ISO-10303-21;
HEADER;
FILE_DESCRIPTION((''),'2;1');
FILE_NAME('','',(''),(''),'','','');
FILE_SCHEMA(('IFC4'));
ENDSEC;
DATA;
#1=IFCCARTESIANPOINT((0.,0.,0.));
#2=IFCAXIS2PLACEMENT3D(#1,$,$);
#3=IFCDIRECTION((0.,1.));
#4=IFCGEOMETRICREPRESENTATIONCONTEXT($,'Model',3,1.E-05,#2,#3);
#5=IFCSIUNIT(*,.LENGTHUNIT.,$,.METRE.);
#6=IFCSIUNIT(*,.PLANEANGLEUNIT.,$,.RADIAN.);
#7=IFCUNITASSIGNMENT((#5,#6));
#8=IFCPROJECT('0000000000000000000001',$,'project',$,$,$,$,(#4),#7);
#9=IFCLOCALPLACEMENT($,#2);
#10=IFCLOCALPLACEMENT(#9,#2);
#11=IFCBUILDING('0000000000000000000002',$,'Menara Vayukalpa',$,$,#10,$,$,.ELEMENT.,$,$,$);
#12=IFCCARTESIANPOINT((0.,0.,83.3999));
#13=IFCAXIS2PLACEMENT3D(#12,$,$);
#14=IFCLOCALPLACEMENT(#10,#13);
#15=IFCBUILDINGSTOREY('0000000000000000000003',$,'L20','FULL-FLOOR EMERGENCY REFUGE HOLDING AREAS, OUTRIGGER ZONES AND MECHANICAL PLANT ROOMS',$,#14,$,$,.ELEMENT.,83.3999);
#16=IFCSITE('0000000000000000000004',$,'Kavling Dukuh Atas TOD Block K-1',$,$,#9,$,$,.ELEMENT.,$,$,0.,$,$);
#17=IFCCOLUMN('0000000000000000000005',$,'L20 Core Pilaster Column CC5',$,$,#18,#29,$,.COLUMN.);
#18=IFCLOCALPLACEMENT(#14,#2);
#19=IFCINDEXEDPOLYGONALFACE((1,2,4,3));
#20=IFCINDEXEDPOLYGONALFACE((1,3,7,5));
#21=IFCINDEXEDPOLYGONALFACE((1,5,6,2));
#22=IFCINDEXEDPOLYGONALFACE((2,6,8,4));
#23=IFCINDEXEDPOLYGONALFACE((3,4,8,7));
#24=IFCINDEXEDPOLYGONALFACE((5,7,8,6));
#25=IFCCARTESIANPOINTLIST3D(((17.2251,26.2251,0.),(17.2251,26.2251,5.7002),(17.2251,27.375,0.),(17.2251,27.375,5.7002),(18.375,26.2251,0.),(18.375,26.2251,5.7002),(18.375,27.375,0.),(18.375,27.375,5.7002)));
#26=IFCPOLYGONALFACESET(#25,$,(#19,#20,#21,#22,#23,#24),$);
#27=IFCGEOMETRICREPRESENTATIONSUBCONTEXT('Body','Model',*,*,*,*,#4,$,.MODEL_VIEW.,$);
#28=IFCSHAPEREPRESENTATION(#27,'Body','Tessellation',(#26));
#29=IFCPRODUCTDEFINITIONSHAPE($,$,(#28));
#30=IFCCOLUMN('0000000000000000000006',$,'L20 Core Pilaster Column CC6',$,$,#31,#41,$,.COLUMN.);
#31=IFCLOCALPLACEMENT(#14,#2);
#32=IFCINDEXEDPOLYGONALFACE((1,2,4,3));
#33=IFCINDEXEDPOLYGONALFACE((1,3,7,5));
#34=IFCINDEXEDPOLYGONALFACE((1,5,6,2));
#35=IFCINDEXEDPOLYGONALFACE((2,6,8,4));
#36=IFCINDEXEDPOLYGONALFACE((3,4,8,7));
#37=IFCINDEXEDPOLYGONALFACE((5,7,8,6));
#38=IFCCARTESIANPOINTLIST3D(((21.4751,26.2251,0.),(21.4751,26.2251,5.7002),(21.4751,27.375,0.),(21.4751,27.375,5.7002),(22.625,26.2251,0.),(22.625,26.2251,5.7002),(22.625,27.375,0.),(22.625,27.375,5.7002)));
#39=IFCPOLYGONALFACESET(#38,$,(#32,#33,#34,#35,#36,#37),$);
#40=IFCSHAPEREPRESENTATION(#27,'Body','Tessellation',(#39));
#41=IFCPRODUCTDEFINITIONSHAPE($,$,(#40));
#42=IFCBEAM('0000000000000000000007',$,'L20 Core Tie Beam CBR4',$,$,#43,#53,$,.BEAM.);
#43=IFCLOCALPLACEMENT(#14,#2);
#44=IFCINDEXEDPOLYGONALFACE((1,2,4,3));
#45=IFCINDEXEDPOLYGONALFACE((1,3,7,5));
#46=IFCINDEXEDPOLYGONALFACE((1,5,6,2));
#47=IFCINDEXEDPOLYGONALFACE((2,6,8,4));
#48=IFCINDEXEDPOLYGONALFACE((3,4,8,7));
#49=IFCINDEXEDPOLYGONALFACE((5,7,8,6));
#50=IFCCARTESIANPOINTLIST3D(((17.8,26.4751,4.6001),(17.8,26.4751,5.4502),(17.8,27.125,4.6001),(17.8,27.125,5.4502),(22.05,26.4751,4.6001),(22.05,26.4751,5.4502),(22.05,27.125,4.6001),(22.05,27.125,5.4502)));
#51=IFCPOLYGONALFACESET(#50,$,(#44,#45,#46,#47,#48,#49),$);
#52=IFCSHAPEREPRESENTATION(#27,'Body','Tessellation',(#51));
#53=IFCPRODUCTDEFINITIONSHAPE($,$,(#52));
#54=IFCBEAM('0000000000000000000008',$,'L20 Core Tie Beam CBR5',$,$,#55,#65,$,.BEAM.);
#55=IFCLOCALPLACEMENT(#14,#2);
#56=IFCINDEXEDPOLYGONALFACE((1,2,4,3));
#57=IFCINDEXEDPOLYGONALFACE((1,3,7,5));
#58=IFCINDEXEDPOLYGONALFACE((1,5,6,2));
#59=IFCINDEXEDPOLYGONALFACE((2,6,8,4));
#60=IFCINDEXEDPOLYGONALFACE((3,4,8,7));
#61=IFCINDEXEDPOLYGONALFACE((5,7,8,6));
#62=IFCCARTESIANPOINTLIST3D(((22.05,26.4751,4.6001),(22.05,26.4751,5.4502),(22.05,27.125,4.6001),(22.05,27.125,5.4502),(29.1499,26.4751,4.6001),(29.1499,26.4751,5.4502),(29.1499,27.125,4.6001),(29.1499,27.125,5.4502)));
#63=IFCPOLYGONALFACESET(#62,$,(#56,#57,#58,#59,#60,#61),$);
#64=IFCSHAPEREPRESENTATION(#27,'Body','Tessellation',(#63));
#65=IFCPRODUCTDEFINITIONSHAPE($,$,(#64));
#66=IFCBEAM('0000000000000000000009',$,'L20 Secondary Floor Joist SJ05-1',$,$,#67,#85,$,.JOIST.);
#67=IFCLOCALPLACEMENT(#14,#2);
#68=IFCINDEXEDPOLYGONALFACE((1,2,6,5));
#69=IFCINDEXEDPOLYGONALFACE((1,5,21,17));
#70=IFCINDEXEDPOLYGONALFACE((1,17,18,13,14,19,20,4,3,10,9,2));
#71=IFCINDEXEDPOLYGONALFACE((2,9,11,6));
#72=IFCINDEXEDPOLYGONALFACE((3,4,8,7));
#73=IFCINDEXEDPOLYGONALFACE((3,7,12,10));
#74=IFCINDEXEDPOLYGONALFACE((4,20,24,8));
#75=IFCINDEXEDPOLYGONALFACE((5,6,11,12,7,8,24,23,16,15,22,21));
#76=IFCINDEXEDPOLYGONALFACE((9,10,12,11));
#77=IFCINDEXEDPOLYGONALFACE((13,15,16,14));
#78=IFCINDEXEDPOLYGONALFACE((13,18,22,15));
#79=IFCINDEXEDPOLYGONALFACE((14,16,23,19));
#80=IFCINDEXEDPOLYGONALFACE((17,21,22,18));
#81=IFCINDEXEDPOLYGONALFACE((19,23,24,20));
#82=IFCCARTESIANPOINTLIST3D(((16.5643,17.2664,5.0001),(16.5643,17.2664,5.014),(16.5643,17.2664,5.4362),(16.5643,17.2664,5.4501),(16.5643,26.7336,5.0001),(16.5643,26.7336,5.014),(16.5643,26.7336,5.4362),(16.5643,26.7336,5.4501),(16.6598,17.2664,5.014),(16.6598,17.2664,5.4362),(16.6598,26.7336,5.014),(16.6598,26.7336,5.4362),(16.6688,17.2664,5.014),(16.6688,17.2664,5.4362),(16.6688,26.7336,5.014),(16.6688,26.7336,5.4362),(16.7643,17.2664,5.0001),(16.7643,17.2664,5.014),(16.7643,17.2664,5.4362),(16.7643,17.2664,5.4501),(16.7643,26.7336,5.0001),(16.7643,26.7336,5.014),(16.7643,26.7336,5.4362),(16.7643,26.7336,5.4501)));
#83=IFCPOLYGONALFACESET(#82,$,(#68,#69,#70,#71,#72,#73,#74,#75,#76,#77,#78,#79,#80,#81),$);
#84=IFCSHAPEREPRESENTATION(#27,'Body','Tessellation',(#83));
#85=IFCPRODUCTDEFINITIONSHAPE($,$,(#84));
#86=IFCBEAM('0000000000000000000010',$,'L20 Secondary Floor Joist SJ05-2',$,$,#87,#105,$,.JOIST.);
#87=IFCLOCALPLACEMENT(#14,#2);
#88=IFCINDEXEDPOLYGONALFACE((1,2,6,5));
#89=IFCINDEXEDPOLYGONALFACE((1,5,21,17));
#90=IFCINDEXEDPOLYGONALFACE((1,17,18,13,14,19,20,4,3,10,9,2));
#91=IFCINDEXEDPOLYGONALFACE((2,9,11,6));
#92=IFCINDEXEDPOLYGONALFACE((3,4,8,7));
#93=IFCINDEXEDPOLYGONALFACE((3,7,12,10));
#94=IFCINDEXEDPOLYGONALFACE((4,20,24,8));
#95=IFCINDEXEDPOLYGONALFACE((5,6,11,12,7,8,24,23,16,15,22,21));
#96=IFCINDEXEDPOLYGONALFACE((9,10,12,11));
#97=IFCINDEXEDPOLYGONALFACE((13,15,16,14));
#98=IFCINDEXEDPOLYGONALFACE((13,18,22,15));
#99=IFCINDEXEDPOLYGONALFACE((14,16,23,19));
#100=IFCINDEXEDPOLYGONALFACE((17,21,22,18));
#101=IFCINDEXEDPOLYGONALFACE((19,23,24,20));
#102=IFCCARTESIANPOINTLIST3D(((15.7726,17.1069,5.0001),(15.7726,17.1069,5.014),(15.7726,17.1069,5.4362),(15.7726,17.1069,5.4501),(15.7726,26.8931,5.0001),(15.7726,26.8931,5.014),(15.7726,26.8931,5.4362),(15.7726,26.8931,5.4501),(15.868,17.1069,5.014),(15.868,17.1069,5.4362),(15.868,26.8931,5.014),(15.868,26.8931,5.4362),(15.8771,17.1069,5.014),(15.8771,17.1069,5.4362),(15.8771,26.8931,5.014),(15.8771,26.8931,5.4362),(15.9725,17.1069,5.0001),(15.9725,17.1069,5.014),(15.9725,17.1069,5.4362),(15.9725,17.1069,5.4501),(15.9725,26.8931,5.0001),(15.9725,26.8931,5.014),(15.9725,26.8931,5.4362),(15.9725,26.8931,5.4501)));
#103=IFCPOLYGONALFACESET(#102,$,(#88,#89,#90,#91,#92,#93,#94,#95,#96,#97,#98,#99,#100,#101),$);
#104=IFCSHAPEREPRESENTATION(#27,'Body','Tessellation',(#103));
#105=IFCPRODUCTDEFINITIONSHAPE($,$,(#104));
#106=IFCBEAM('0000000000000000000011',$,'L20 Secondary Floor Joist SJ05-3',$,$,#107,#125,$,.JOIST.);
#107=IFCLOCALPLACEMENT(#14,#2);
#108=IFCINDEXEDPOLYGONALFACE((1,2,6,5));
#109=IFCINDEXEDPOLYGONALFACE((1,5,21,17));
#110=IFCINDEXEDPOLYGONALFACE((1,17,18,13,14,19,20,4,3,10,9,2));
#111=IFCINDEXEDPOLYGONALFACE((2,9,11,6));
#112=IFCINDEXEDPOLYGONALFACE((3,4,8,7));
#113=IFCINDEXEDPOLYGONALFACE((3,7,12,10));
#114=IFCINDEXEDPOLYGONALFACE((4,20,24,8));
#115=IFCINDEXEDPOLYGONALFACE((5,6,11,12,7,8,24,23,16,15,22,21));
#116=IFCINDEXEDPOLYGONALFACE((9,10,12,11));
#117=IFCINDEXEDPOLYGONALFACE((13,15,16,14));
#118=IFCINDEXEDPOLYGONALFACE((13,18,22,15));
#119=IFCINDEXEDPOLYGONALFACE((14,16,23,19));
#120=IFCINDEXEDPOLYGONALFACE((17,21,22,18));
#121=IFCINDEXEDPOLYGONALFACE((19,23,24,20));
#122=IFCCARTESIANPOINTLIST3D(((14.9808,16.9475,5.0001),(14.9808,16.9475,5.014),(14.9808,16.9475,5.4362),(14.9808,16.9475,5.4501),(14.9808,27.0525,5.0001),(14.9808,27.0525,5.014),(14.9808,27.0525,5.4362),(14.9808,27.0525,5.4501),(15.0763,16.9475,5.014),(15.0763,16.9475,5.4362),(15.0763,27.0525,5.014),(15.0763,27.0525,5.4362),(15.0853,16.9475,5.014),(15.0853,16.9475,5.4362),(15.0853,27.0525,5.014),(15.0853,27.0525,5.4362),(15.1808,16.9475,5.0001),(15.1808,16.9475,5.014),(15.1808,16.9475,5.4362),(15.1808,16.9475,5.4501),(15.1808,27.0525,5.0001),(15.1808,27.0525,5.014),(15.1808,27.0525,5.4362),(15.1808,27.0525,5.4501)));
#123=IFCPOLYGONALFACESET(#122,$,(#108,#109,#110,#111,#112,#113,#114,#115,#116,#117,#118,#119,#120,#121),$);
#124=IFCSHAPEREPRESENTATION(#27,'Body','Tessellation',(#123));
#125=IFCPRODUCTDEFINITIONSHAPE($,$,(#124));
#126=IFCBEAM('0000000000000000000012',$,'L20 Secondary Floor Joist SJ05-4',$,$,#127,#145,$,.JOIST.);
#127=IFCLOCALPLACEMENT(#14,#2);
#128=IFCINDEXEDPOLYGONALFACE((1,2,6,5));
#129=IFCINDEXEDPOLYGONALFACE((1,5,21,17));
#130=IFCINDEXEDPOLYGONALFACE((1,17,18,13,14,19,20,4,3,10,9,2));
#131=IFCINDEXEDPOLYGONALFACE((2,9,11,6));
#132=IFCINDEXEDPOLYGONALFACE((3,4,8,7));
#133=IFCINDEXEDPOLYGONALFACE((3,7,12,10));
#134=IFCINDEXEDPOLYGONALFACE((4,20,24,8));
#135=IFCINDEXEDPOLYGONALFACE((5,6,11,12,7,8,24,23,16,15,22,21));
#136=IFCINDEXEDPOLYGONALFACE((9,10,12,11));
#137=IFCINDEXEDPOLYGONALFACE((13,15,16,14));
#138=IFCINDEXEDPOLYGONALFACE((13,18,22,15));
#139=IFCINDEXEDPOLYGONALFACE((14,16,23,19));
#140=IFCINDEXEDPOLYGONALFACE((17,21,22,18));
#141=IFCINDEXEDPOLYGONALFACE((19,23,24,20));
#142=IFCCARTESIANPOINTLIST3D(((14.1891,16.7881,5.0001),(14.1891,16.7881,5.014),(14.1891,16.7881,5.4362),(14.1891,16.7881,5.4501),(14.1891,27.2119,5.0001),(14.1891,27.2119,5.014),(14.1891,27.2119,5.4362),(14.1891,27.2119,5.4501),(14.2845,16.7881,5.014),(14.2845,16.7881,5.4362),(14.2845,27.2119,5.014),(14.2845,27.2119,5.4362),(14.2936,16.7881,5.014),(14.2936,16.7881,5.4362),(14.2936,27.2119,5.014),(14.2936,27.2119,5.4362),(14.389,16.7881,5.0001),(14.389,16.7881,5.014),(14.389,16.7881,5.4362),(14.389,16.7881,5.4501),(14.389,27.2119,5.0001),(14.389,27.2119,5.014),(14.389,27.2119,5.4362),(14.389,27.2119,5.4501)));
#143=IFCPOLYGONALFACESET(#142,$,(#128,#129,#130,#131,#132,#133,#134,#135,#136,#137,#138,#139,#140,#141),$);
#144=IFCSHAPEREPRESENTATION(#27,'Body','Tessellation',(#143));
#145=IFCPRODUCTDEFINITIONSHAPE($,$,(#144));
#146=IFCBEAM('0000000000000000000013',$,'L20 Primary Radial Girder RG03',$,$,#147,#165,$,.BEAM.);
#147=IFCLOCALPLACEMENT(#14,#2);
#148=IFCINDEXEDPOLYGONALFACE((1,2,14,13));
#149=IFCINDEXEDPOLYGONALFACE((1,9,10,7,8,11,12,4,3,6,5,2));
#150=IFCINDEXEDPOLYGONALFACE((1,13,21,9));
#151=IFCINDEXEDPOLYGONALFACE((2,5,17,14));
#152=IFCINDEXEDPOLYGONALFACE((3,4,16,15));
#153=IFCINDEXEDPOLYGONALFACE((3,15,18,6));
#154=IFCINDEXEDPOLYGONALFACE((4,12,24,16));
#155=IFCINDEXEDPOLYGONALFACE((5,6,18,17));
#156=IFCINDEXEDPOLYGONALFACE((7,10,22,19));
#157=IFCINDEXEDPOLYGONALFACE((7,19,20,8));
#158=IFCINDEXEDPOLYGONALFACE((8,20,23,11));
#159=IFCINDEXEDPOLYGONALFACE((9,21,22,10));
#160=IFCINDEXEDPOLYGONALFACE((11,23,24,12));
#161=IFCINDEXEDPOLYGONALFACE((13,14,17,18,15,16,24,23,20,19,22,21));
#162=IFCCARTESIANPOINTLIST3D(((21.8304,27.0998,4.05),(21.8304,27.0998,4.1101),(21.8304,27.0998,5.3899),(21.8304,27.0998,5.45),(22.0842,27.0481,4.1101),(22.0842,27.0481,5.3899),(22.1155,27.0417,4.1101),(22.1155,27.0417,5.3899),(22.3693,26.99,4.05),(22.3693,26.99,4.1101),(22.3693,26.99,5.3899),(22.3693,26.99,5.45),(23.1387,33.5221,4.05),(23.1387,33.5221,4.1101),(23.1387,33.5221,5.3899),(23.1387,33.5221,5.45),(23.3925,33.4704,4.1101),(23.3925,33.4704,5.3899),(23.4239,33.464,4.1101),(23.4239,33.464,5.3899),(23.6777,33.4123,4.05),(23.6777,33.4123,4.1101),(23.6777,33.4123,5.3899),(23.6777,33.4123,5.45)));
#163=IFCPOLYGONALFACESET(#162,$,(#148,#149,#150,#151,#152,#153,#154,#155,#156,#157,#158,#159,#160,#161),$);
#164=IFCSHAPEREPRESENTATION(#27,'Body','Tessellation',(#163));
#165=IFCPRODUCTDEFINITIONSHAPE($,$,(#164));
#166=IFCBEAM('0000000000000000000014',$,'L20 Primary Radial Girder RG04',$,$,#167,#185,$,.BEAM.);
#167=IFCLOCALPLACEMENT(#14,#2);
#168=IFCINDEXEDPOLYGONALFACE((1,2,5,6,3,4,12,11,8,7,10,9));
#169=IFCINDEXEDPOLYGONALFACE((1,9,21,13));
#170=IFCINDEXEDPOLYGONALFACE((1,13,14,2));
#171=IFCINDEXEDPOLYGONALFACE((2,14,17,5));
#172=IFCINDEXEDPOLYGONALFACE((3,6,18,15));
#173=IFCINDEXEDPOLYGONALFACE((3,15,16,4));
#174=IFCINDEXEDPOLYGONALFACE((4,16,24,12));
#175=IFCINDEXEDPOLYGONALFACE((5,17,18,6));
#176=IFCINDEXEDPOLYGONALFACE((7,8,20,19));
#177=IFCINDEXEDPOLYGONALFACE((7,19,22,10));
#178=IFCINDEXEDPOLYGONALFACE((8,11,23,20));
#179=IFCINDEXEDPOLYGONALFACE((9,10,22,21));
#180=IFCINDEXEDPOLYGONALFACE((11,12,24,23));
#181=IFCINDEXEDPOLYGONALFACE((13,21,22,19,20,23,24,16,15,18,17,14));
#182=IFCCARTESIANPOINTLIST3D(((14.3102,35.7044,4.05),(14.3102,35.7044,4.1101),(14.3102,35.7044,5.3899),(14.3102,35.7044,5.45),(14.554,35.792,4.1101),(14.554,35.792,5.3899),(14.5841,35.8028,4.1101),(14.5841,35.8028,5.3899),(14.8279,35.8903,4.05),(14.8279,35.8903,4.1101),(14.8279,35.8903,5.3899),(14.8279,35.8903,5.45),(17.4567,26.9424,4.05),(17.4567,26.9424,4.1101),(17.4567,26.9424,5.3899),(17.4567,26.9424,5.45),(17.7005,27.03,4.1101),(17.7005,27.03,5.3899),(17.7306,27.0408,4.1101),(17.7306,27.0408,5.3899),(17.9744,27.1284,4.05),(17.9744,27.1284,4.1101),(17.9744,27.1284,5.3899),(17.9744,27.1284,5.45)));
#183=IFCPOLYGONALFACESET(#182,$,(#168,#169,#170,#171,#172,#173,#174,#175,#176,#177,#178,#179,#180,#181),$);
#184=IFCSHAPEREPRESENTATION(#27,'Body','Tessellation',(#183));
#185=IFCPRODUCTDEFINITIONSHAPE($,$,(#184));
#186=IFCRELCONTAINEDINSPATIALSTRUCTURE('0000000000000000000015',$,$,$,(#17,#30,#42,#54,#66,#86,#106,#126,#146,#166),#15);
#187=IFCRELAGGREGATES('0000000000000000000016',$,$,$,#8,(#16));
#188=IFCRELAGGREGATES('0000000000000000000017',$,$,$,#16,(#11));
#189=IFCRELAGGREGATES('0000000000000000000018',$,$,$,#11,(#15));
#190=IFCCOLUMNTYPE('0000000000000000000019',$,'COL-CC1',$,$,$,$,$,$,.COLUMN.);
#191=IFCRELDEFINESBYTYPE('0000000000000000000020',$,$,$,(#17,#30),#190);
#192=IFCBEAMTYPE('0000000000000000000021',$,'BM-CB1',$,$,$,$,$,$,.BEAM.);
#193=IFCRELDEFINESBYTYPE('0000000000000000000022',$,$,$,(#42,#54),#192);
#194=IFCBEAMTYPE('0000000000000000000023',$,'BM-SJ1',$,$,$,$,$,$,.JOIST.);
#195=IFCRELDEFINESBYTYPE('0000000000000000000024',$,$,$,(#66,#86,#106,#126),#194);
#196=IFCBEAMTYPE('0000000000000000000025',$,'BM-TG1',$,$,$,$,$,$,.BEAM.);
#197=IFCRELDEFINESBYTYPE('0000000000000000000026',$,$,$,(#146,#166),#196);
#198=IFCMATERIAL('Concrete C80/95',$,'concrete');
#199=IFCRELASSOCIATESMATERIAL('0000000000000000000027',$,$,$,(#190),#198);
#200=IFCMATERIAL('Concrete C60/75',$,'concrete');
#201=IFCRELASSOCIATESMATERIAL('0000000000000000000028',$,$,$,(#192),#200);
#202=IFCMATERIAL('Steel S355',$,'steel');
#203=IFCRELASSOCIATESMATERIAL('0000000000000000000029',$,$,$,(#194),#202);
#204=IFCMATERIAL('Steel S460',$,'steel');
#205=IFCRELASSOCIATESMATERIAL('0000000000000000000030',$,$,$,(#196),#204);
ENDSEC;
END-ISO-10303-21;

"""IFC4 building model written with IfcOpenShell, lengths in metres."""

from ifc_helpers import new_model, si_unit, direction, frame, origin, origin_2d, place, context, subcontext, project, spatial, rectangle, i_section, extrude, material, material_profile, profile_set, type_object, element, save


model = new_model("IFC4")

# Units and contexts
model_context = context("Model", 3, precision=1e-05, world=origin(), true_north=direction((0.0, 1.0)))
body_context = subcontext(model_context, "Body", "Model", "MODEL_VIEW")
ifc_project = project(units=[si_unit("LENGTHUNIT", "METRE"), si_unit("PLANEANGLEUNIT", "RADIAN")], contexts=[model_context])

# Site, building, storey
site_placement = place(None, origin())
site = spatial("IfcSite", under=ifc_project, at=site_placement, Name="Kavling Dukuh Atas TOD Block K-1", CompositionType="ELEMENT", RefElevation=0.0)
building_placement = place(site_placement, origin())
building = spatial("IfcBuilding", under=site, at=building_placement, Name="Menara Vayukalpa", CompositionType="ELEMENT")
storey_placement = place(building_placement, frame((0.0, 0.0, 83.3999)))
storey = spatial("IfcBuildingStorey", under=building, at=storey_placement, Name="L20", Description="FULL-FLOOR EMERGENCY REFUGE HOLDING AREAS, OUTRIGGER ZONES AND MECHANICAL PLANT ROOMS", CompositionType="ELEMENT", Elevation=83.3999)

# Columns
ifc_material_1 = material(Name="Concrete C80/95", Category="concrete")
ifc_material_profile_1 = material_profile(ifc_material_1, rectangle(XDim=1.1499, YDim=1.1499, at=origin_2d()), Name="RC 1150x1150")
ifc_profile_set_1 = profile_set([ifc_material_profile_1], Name="Concrete C80/95")
column_type = type_object("IfcColumnType", Name="COL-CC1", PredefinedType="COLUMN", material=ifc_profile_set_1)
for number, where, z_axis, x_axis, name in (
    (1, (17.8, 26.8, 0.0), (0.0, 0.0, 1.0), (1.0, 0.0, 0.0), "L20 Core Pilaster Column CC5"),
    (2, (22.05, 26.8, 0.0), (0.0, 0.0, 1.0), (1.0, 0.0, 0.0), "L20 Core Pilaster Column CC6"),
):
    element("IfcColumn", number, at=place(storey_placement, frame(where, z_axis=z_axis, x_axis=x_axis)), inside=storey, type_object=column_type, Name=name, PredefinedType="COLUMN", context=body_context, shape_type="SweptSolid", body=[
        extrude(rectangle(XDim=1.1499, YDim=1.1499, at=origin_2d()), origin(), (0.0, 0.0, 1.0), 5.7002),
    ])

# Beams
ifc_material_2 = material(Name="Concrete C60/75", Category="concrete")
ifc_material_profile_2 = material_profile(ifc_material_2, rectangle(XDim=0.6499, YDim=0.8501, at=origin_2d()), Name="RC 650x850")
ifc_profile_set_2 = profile_set([ifc_material_profile_2], Name="Concrete C60/75")
beam_type_1 = type_object("IfcBeamType", Name="BM-CB1", PredefinedType="BEAM", material=ifc_profile_set_2)
beam_1_placement = place(storey_placement, frame((17.8, 26.8, 5.0251), z_axis=(1.0, 0.0, 0.0), x_axis=(0.0, 1.0, 0.0)))
element("IfcBeam", 3, at=beam_1_placement, inside=storey, type_object=beam_type_1, Name="L20 Core Tie Beam CBR4", PredefinedType="BEAM", context=body_context, shape_type="SweptSolid", body=[
    extrude(rectangle(XDim=0.6499, YDim=0.8501, at=origin_2d()), origin(), (0.0, 0.0, 1.0), 4.25),
])
beam_2_placement = place(storey_placement, frame((22.05, 26.8, 5.0251), z_axis=(1.0, 0.0, 0.0), x_axis=(0.0, 1.0, 0.0)))
element("IfcBeam", 4, at=beam_2_placement, inside=storey, type_object=beam_type_1, Name="L20 Core Tie Beam CBR5", PredefinedType="BEAM", context=body_context, shape_type="SweptSolid", body=[
    extrude(rectangle(XDim=0.6499, YDim=0.8501, at=origin_2d()), origin(), (0.0, 0.0, 1.0), 7.0999),
])
ifc_material_3 = material(Name="Steel S355", Category="steel")
ifc_material_profile_3 = material_profile(ifc_material_3, i_section(OverallWidth=0.2, OverallDepth=0.45, WebThickness=0.009, FlangeThickness=0.0139, at=origin_2d()), Name="WF 450x200x9x14")
ifc_profile_set_3 = profile_set([ifc_material_profile_3], Name="Steel S355")
beam_type_2 = type_object("IfcBeamType", Name="BM-SJ1", PredefinedType="JOIST", material=ifc_profile_set_3)
beam_3_placement = place(storey_placement, frame((16.6643, 26.7336, 5.2251), z_axis=(0.0, -1.0, 0.0), x_axis=(1.0, 0.0, 0.0)))
element("IfcBeam", 5, at=beam_3_placement, inside=storey, type_object=beam_type_2, Name="L20 Secondary Floor Joist SJ05-1", PredefinedType="JOIST", context=body_context, shape_type="SweptSolid", body=[
    extrude(i_section(OverallWidth=0.2, OverallDepth=0.45, WebThickness=0.009, FlangeThickness=0.0139, at=origin_2d()), origin(), (0.0, 0.0, 1.0), 9.4673),
])
beam_4_placement = place(storey_placement, frame((15.8726, 26.8931, 5.2251), z_axis=(0.0, -1.0, 0.0), x_axis=(1.0, 0.0, 0.0)))
element("IfcBeam", 6, at=beam_4_placement, inside=storey, type_object=beam_type_2, Name="L20 Secondary Floor Joist SJ05-2", PredefinedType="JOIST", context=body_context, shape_type="SweptSolid", body=[
    extrude(i_section(OverallWidth=0.2, OverallDepth=0.45, WebThickness=0.009, FlangeThickness=0.0139, at=origin_2d()), origin(), (0.0, 0.0, 1.0), 9.7861),
])
beam_5_placement = place(storey_placement, frame((15.0808, 27.0525, 5.2251), z_axis=(0.0, -1.0, 0.0), x_axis=(1.0, 0.0, 0.0)))
element("IfcBeam", 7, at=beam_5_placement, inside=storey, type_object=beam_type_2, Name="L20 Secondary Floor Joist SJ05-3", PredefinedType="JOIST", context=body_context, shape_type="SweptSolid", body=[
    extrude(i_section(OverallWidth=0.2, OverallDepth=0.45, WebThickness=0.009, FlangeThickness=0.0139, at=origin_2d()), origin(), (0.0, 0.0, 1.0), 10.105),
])
beam_6_placement = place(storey_placement, frame((14.2891, 27.2119, 5.2251), z_axis=(0.0, -1.0, 0.0), x_axis=(1.0, 0.0, 0.0)))
element("IfcBeam", 8, at=beam_6_placement, inside=storey, type_object=beam_type_2, Name="L20 Secondary Floor Joist SJ05-4", PredefinedType="JOIST", context=body_context, shape_type="SweptSolid", body=[
    extrude(i_section(OverallWidth=0.2, OverallDepth=0.45, WebThickness=0.009, FlangeThickness=0.0139, at=origin_2d()), origin(), (0.0, 0.0, 1.0), 10.4238),
])
ifc_material_4 = material(Name="Steel S460", Category="steel")
ifc_material_profile_4 = material_profile(ifc_material_4, i_section(OverallWidth=0.55, OverallDepth=1.3999, WebThickness=0.032, FlangeThickness=0.0601, at=origin_2d()), Name="WG 1400x550x32x60")
ifc_profile_set_4 = profile_set([ifc_material_profile_4], Name="Steel S460")
beam_type_3 = type_object("IfcBeamType", Name="BM-TG1", PredefinedType="BEAM", material=ifc_profile_set_4)
beam_7_placement = place(storey_placement, frame((22.0999, 27.0449, 4.75), z_axis=(0.199618, 0.979874, 0.0), x_axis=(-0.979874, 0.199618, 0.0)))
element("IfcBeam", 9, at=beam_7_placement, inside=storey, type_object=beam_type_3, Name="L20 Primary Radial Girder RG03", PredefinedType="BEAM", context=body_context, shape_type="SweptSolid", body=[
    extrude(i_section(OverallWidth=0.55, OverallDepth=1.3999, WebThickness=0.032, FlangeThickness=0.0601, at=origin_2d()), origin(), (0.0, 0.0, 1.0), 6.5542),
])
beam_8_placement = place(storey_placement, frame((17.7156, 27.0354, 4.75), z_axis=(-0.337976, 0.941155, 0.0), x_axis=(-0.941155, -0.337976, 0.0)))
element("IfcBeam", 10, at=beam_8_placement, inside=storey, type_object=beam_type_3, Name="L20 Primary Radial Girder RG04", PredefinedType="BEAM", context=body_context, shape_type="SweptSolid", body=[
    extrude(i_section(OverallWidth=0.55, OverallDepth=1.3999, WebThickness=0.032, FlangeThickness=0.0601, at=origin_2d()), origin(), (0.0, 0.0, 1.0), 9.3098),
])

save(model, "model.ifc")
